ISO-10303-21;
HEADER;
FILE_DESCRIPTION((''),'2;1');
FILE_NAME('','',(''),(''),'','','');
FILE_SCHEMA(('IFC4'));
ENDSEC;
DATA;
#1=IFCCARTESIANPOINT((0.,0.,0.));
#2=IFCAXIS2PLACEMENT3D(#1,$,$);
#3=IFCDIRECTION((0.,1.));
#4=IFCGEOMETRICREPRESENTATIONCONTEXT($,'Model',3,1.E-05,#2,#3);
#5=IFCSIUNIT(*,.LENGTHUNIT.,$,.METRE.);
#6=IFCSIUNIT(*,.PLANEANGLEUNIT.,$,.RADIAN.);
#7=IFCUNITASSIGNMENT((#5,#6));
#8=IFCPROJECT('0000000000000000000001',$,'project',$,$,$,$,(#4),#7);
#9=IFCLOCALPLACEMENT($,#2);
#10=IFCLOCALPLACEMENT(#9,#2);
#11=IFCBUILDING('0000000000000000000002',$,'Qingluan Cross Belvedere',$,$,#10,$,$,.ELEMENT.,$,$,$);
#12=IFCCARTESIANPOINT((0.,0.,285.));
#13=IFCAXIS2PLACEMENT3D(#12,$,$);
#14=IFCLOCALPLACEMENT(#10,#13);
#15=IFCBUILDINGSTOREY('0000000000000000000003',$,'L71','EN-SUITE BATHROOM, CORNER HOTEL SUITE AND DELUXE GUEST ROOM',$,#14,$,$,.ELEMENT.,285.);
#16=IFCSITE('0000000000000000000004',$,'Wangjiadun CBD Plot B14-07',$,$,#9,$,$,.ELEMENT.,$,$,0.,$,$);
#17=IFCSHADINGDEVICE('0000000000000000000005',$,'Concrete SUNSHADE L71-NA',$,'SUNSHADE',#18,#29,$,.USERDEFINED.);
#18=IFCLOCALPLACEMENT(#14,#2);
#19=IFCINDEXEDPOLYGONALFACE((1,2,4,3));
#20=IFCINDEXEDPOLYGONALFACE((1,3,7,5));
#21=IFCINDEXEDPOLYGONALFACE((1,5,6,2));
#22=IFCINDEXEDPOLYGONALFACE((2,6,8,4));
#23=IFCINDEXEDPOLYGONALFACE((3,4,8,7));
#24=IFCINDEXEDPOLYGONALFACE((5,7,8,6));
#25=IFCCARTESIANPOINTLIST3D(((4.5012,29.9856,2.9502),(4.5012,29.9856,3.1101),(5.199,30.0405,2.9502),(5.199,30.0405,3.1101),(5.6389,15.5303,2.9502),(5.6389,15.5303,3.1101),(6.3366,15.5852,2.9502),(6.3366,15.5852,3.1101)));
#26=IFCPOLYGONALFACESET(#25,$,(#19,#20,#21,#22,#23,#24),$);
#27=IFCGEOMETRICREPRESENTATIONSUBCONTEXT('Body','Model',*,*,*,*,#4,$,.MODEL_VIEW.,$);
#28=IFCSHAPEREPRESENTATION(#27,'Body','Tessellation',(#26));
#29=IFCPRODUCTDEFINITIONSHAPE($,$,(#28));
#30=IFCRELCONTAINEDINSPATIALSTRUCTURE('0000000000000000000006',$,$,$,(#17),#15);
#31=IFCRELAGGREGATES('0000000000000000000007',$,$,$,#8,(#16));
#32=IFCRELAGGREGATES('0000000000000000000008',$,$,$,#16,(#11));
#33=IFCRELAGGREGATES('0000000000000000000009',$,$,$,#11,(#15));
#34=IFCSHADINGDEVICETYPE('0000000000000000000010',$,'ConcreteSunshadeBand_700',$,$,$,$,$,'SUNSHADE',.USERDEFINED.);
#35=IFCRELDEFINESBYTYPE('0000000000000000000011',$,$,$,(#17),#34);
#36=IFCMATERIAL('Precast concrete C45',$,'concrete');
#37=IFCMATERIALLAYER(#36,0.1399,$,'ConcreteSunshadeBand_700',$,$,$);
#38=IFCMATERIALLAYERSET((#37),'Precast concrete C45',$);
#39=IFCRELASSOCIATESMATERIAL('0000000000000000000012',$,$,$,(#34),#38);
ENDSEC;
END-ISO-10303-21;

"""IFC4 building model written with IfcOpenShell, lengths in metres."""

from ifc_helpers import new_model, si_unit, direction, frame, origin, origin_2d, place, context, subcontext, project, spatial, rectangle, extrude, material, layer, layer_set, type_object, element, save


model = new_model("IFC4")

# Units and contexts
model_context = context("Model", 3, precision=1e-05, world=origin(), true_north=direction((0.0, 1.0)))
body_context = subcontext(model_context, "Body", "Model", "MODEL_VIEW")
ifc_project = project(units=[si_unit("LENGTHUNIT", "METRE"), si_unit("PLANEANGLEUNIT", "RADIAN")], contexts=[model_context])

# Site, building, storey
site_placement = place(None, origin())
site = spatial("IfcSite", under=ifc_project, at=site_placement, Name="Wangjiadun CBD Plot B14-07", CompositionType="ELEMENT", RefElevation=0.0)
building_placement = place(site_placement, origin())
building = spatial("IfcBuilding", under=site, at=building_placement, Name="Qingluan Cross Belvedere", CompositionType="ELEMENT")
storey_placement = place(building_placement, frame((0.0, 0.0, 285.0)))
storey = spatial("IfcBuildingStorey", under=building, at=storey_placement, Name="L71", Description="EN-SUITE BATHROOM, CORNER HOTEL SUITE AND DELUXE GUEST ROOM", CompositionType="ELEMENT", Elevation=285.0)

# Shading device
ifc_material_1 = material(Name="Precast concrete C45", Category="concrete")
ifc_layer_1 = layer(ifc_material_1, 0.1399, Name="ConcreteSunshadeBand_700")
ifc_layer_set_1 = layer_set([ifc_layer_1], Name="Precast concrete C45")
shading_device_type = type_object("IfcShadingDeviceType", Name="ConcreteSunshadeBand_700", ElementType="SUNSHADE", PredefinedType="USERDEFINED", material=ifc_layer_set_1)
shading_device_placement = place(storey_placement, frame((5.4189, 22.7854, 2.9502), z_axis=(0.0, 0.0, 1.0), x_axis=(-0.078456, 0.996918, 0.0)))
element("IfcShadingDevice", 1, at=shading_device_placement, inside=storey, type_object=shading_device_type, Name="Concrete SUNSHADE L71-NA", ObjectType="SUNSHADE", PredefinedType="USERDEFINED", context=body_context, shape_type="SweptSolid", body=[
    extrude(rectangle(XDim=14.5, YDim=0.7, at=origin_2d()), origin(), (0.0, 0.0, 1.0), 0.1599),
])

save(model, "model.ifc")
